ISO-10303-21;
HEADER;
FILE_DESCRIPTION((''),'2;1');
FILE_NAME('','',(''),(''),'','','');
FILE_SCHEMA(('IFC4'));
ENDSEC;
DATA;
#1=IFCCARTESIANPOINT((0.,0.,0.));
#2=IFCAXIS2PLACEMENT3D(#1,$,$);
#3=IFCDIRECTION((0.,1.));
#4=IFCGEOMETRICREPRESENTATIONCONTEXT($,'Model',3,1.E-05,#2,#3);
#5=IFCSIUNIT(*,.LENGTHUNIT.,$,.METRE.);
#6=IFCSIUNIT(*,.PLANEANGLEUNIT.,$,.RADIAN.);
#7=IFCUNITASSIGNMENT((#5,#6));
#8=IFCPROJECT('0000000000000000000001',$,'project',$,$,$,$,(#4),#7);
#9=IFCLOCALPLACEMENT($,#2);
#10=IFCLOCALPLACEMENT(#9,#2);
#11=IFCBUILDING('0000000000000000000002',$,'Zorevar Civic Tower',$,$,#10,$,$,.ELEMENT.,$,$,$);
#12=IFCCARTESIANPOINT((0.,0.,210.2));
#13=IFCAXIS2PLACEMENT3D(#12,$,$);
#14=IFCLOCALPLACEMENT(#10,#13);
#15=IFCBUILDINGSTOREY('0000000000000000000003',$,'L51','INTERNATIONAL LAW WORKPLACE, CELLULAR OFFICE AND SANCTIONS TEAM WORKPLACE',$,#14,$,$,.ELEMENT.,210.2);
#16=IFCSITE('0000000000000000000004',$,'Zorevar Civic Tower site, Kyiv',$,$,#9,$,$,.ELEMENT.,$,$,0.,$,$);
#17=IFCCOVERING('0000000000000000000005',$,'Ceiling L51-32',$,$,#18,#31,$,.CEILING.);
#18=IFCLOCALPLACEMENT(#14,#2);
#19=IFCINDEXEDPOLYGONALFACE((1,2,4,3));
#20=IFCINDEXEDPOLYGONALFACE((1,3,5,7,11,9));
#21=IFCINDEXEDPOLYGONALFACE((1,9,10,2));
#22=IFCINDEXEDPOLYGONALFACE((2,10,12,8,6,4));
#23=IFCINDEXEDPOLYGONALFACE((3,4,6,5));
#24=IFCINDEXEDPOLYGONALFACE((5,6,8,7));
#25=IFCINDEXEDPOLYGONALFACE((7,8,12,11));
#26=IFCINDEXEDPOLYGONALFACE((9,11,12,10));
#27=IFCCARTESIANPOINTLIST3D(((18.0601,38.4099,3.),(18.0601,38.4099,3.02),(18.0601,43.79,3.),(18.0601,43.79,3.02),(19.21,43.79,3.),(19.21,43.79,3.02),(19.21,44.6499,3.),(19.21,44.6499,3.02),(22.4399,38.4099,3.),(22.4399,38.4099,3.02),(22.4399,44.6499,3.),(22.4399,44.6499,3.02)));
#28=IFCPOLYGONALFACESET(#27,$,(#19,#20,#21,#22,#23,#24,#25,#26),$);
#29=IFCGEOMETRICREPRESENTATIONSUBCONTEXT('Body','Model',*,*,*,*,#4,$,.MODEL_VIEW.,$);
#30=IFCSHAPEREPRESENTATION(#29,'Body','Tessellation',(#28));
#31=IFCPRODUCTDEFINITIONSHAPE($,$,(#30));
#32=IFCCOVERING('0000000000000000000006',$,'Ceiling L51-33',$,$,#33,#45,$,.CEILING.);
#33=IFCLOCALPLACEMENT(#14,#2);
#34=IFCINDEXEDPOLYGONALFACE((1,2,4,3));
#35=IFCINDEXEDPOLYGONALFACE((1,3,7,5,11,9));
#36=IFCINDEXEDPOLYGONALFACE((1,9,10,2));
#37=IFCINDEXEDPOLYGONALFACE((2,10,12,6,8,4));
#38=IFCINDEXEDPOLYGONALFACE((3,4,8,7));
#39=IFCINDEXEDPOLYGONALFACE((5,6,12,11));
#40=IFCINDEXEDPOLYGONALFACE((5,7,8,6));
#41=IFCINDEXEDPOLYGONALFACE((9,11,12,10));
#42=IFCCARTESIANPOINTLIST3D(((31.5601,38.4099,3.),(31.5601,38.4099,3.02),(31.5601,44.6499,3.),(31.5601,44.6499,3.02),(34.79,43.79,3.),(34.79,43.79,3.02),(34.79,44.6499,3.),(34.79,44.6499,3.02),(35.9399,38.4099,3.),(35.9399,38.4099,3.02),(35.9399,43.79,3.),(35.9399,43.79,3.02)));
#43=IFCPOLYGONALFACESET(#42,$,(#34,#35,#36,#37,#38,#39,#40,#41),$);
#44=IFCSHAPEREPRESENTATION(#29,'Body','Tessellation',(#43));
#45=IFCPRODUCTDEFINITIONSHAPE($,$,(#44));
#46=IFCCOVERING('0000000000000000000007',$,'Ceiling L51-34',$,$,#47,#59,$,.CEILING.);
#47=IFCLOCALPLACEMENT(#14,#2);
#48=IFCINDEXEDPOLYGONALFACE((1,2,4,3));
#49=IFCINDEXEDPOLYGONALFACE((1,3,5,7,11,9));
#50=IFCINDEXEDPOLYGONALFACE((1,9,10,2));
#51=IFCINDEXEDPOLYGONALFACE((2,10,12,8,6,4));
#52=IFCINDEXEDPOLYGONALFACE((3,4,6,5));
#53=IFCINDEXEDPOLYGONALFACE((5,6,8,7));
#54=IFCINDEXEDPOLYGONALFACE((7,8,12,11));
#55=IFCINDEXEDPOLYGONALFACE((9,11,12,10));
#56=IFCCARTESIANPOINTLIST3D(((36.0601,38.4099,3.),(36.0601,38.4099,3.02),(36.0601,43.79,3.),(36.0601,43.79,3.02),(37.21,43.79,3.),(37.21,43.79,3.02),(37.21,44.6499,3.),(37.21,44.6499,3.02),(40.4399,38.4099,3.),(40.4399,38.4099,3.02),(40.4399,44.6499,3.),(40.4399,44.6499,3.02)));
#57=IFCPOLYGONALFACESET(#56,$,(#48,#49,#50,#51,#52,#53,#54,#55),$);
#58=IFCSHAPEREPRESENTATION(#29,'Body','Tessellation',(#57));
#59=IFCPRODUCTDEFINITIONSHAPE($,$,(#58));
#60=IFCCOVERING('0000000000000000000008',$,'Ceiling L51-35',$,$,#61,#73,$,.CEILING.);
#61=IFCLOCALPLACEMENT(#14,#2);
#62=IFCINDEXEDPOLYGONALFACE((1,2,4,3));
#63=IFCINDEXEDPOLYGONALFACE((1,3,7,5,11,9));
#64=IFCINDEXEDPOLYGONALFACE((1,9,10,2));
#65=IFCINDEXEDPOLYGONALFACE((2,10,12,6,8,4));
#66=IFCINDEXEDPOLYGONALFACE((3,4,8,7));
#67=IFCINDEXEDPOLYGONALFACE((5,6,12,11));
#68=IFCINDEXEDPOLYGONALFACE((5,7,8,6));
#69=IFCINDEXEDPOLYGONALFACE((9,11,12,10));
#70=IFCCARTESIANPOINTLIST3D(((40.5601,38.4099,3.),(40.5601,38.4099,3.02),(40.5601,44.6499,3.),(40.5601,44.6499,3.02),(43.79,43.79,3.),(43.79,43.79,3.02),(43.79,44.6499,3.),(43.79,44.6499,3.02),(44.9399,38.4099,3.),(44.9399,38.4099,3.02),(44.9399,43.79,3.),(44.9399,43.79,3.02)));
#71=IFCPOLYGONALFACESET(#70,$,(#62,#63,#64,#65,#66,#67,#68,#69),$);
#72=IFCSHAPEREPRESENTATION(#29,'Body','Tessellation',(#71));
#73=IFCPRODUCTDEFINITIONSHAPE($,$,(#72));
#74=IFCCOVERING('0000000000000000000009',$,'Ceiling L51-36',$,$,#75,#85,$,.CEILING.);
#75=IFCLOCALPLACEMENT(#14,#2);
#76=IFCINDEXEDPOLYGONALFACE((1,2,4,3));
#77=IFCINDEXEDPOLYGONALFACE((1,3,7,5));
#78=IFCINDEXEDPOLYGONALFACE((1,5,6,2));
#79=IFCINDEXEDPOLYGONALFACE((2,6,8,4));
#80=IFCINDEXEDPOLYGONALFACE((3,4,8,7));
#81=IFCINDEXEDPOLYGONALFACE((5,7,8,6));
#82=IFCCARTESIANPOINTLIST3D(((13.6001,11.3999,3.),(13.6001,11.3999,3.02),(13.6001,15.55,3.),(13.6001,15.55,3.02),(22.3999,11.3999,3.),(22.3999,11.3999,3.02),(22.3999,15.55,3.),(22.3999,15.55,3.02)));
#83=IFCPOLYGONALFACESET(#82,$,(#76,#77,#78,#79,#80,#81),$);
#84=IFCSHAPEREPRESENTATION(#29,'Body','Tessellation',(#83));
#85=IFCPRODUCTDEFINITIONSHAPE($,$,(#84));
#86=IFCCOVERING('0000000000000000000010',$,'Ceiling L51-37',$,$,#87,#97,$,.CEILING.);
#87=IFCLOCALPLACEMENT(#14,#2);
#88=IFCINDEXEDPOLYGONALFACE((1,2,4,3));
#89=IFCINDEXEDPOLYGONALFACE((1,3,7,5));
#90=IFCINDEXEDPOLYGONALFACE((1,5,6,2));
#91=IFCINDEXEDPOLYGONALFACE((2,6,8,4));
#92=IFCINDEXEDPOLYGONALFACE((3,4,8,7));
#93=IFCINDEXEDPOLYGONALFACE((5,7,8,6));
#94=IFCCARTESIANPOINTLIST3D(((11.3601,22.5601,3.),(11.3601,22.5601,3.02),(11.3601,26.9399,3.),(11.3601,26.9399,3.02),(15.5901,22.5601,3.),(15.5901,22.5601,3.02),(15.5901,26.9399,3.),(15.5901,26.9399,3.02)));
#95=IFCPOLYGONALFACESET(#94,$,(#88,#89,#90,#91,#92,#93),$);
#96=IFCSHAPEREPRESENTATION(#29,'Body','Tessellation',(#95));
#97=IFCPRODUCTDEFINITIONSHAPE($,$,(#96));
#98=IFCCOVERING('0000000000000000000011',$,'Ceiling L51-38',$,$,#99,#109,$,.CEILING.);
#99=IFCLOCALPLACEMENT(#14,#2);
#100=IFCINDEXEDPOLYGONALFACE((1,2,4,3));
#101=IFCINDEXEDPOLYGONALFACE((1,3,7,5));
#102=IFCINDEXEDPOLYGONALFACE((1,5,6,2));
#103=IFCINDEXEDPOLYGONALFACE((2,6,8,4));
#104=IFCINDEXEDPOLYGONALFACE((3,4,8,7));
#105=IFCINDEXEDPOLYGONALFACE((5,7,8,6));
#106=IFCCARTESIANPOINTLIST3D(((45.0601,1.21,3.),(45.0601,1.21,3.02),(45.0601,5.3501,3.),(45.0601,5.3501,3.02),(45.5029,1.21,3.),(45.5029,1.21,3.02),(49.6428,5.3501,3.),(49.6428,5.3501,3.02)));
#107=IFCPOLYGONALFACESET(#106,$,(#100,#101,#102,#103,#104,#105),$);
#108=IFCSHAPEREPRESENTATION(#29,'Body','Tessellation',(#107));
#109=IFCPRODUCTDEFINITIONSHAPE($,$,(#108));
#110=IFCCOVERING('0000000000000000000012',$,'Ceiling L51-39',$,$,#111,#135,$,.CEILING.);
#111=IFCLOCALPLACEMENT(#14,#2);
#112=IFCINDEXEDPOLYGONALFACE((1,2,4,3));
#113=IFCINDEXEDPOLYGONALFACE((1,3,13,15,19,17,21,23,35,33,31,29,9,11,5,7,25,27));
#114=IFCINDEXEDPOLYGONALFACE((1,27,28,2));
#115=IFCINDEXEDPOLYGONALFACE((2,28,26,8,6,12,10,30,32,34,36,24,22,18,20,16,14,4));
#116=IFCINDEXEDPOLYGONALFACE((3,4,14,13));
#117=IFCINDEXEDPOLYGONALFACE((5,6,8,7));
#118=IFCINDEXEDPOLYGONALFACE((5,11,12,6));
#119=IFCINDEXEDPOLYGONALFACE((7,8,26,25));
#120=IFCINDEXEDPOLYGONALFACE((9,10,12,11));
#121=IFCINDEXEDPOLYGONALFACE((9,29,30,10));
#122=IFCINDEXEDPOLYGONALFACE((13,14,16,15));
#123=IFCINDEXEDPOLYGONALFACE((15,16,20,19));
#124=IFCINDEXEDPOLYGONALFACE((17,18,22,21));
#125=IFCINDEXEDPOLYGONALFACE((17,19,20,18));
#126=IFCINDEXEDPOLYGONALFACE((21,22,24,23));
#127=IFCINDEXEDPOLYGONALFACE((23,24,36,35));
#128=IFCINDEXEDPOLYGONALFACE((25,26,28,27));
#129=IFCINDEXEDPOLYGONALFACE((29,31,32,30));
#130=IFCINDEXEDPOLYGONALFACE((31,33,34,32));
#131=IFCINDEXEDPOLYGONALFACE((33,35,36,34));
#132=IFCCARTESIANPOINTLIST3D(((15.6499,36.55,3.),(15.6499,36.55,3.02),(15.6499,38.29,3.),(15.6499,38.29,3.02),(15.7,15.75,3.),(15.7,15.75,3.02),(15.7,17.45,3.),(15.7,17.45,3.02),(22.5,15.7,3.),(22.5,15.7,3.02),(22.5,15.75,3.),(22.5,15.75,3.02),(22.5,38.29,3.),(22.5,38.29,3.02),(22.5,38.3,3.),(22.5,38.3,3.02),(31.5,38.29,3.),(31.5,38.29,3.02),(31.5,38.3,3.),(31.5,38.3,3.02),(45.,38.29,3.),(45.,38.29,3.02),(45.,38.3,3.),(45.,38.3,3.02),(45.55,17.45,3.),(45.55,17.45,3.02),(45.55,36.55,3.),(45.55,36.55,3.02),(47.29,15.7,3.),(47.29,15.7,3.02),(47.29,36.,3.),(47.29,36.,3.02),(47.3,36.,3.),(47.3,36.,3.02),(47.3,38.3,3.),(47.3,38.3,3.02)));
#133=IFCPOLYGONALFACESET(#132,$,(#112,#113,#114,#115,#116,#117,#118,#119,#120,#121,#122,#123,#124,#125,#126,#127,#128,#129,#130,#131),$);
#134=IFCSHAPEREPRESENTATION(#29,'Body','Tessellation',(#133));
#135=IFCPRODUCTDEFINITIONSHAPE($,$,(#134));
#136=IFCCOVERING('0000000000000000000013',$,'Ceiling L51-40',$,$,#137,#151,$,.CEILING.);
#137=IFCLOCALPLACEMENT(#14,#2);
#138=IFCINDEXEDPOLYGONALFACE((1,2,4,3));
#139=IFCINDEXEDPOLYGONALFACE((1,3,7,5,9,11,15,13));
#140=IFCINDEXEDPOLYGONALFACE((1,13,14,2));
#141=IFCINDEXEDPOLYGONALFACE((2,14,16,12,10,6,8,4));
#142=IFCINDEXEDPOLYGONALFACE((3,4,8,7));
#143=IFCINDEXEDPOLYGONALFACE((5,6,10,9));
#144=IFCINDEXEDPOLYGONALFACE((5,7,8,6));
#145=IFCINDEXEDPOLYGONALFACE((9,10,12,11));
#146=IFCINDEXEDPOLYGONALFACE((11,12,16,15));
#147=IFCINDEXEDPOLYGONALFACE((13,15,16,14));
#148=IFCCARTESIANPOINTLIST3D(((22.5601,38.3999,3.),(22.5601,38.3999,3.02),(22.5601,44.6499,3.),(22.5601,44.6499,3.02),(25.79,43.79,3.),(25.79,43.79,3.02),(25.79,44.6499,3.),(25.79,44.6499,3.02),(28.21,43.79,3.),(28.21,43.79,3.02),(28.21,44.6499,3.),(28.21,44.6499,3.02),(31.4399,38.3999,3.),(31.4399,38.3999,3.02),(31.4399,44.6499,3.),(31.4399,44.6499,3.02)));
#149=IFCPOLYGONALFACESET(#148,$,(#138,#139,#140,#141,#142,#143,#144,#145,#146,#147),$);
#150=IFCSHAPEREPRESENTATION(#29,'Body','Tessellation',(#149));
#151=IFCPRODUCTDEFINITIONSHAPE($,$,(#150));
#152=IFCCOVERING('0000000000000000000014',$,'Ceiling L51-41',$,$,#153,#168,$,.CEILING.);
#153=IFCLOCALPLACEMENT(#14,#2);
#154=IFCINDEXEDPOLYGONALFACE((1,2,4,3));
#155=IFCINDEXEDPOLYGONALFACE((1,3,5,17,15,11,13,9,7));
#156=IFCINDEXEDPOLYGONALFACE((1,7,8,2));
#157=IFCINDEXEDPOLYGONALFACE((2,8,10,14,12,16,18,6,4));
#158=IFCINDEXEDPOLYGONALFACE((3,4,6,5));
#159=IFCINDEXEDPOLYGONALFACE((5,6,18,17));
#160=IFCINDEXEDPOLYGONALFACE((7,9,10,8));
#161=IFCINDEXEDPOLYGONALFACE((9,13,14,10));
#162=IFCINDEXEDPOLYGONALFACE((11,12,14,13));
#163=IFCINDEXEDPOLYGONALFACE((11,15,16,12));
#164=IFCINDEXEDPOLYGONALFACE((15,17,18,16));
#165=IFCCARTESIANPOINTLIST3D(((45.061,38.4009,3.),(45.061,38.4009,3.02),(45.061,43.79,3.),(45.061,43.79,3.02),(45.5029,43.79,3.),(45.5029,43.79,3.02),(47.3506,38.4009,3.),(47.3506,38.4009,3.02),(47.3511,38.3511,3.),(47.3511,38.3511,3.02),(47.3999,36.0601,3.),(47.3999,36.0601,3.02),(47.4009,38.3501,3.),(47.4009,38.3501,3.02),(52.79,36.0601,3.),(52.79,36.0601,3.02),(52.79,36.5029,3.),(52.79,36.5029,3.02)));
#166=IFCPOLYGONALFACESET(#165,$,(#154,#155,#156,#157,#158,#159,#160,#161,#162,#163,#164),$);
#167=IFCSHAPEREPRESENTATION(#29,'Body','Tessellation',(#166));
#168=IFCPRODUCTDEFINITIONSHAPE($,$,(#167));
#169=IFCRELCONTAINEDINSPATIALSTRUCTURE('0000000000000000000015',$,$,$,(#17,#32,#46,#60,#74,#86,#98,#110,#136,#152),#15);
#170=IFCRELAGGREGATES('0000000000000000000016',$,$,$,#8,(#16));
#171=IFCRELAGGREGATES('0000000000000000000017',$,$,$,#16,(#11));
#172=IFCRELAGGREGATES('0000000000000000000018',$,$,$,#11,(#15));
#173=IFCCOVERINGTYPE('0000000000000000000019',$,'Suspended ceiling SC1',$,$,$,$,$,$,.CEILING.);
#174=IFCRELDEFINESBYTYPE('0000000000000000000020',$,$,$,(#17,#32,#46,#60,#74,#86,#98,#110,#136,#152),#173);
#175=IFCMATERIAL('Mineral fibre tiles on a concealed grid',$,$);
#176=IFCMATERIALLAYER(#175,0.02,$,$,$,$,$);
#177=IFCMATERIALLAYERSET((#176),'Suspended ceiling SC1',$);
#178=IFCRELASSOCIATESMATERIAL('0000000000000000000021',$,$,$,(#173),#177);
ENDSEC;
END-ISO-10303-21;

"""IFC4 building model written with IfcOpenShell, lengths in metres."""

from ifc_helpers import new_model, si_unit, direction, frame, origin, place, context, subcontext, project, spatial, polyline, outline, extrude, material, layer, layer_set, type_object, element, save


model = new_model("IFC4")

# Units and contexts
model_context = context("Model", 3, precision=1e-05, world=origin(), true_north=direction((0.0, 1.0)))
body_context = subcontext(model_context, "Body", "Model", "MODEL_VIEW")
ifc_project = project(units=[si_unit("LENGTHUNIT", "METRE"), si_unit("PLANEANGLEUNIT", "RADIAN")], contexts=[model_context])

# Site, building, storey
site_placement = place(None, origin())
site = spatial("IfcSite", under=ifc_project, at=site_placement, Name="Zorevar Civic Tower site, Kyiv", CompositionType="ELEMENT", RefElevation=0.0)
building_placement = place(site_placement, origin())
building = spatial("IfcBuilding", under=site, at=building_placement, Name="Zorevar Civic Tower", CompositionType="ELEMENT")
storey_placement = place(building_placement, frame((0.0, 0.0, 210.2)))
storey = spatial("IfcBuildingStorey", under=building, at=storey_placement, Name="L51", Description="INTERNATIONAL LAW WORKPLACE, CELLULAR OFFICE AND SANCTIONS TEAM WORKPLACE", CompositionType="ELEMENT", Elevation=210.2)

# Coverings
ifc_material_1 = material(Name="Mineral fibre tiles on a concealed grid")
ifc_layer_1 = layer(ifc_material_1, 0.02)
ifc_layer_set_1 = layer_set([ifc_layer_1], Name="Suspended ceiling SC1")
covering_type_1 = type_object("IfcCoveringType", Name="Suspended ceiling SC1", PredefinedType="CEILING", material=ifc_layer_set_1)
covering_1_placement = place(storey_placement, frame((0.0, 0.0, 3.0)))
element("IfcCovering", 1, at=covering_1_placement, inside=storey, type_object=covering_type_1, Name="Ceiling L51-32", PredefinedType="CEILING", context=body_context, shape_type="SweptSolid", body=[
    extrude(outline(polyline([(18.0601, 38.4099), (18.0601, 43.79), (19.21, 43.79), (19.21, 44.6499), (22.4399, 44.6499), (22.4399, 38.4099), (18.0601, 38.4099)])), origin(), (0.0, 0.0, 1.0), 0.02),
])
covering_2_placement = place(storey_placement, frame((0.0, 0.0, 3.0)))
element("IfcCovering", 2, at=covering_2_placement, inside=storey, type_object=covering_type_1, Name="Ceiling L51-33", PredefinedType="CEILING", context=body_context, shape_type="SweptSolid", body=[
    extrude(outline(polyline([(31.5601, 38.4099), (31.5601, 44.6499), (34.79, 44.6499), (34.79, 43.79), (35.9399, 43.79), (35.9399, 38.4099), (31.5601, 38.4099)])), origin(), (0.0, 0.0, 1.0), 0.02),
])
covering_3_placement = place(storey_placement, frame((0.0, 0.0, 3.0)))
element("IfcCovering", 3, at=covering_3_placement, inside=storey, type_object=covering_type_1, Name="Ceiling L51-34", PredefinedType="CEILING", context=body_context, shape_type="SweptSolid", body=[
    extrude(outline(polyline([(36.0601, 38.4099), (36.0601, 43.79), (37.21, 43.79), (37.21, 44.6499), (40.4399, 44.6499), (40.4399, 38.4099), (36.0601, 38.4099)])), origin(), (0.0, 0.0, 1.0), 0.02),
])
covering_4_placement = place(storey_placement, frame((0.0, 0.0, 3.0)))
element("IfcCovering", 4, at=covering_4_placement, inside=storey, type_object=covering_type_1, Name="Ceiling L51-35", PredefinedType="CEILING", context=body_context, shape_type="SweptSolid", body=[
    extrude(outline(polyline([(40.5601, 38.4099), (40.5601, 44.6499), (43.79, 44.6499), (43.79, 43.79), (44.9399, 43.79), (44.9399, 38.4099), (40.5601, 38.4099)])), origin(), (0.0, 0.0, 1.0), 0.02),
])
covering_5_placement = place(storey_placement, frame((0.0, 0.0, 3.0)))
element("IfcCovering", 5, at=covering_5_placement, inside=storey, type_object=covering_type_1, Name="Ceiling L51-36", PredefinedType="CEILING", context=body_context, shape_type="SweptSolid", body=[
    extrude(outline(polyline([(22.3999, 15.55), (22.3999, 11.3999), (13.6001, 11.3999), (13.6001, 15.55), (22.3999, 15.55)])), origin(), (0.0, 0.0, 1.0), 0.02),
])
covering_6_placement = place(storey_placement, frame((0.0, 0.0, 3.0)))
element("IfcCovering", 6, at=covering_6_placement, inside=storey, type_object=covering_type_1, Name="Ceiling L51-37", PredefinedType="CEILING", context=body_context, shape_type="SweptSolid", body=[
    extrude(outline(polyline([(11.3601, 26.9399), (15.5901, 26.9399), (15.5901, 22.5601), (11.3601, 22.5601), (11.3601, 26.9399)])), origin(), (0.0, 0.0, 1.0), 0.02),
])
covering_7_placement = place(storey_placement, frame((0.0, 0.0, 3.0)))
element("IfcCovering", 7, at=covering_7_placement, inside=storey, type_object=covering_type_1, Name="Ceiling L51-38", PredefinedType="CEILING", context=body_context, shape_type="SweptSolid", body=[
    extrude(outline(polyline([(45.0601, 1.21), (45.0601, 5.3501), (49.6428, 5.3501), (45.5029, 1.21), (45.0601, 1.21)])), origin(), (0.0, 0.0, 1.0), 0.02),
])
covering_8_placement = place(storey_placement, frame((0.0, 0.0, 3.0)))
element("IfcCovering", 8, at=covering_8_placement, inside=storey, type_object=covering_type_1, Name="Ceiling L51-39", PredefinedType="CEILING", context=body_context, shape_type="SweptSolid", body=[
    extrude(outline(polyline([(15.6499, 38.29), (22.5, 38.29), (22.5, 38.3), (31.5, 38.3), (31.5, 38.29), (45.0, 38.29), (45.0, 38.3), (47.3, 38.3), (47.3, 36.0), (47.29, 36.0), (47.29, 15.7), (22.5, 15.7), (22.5, 15.75), (15.7, 15.75), (15.7, 17.45), (45.55, 17.45), (45.55, 36.55), (15.6499, 36.55), (15.6499, 38.29)])), origin(), (0.0, 0.0, 1.0), 0.02),
])
covering_9_placement = place(storey_placement, frame((0.0, 0.0, 3.0)))
element("IfcCovering", 9, at=covering_9_placement, inside=storey, type_object=covering_type_1, Name="Ceiling L51-40", PredefinedType="CEILING", context=body_context, shape_type="SweptSolid", body=[
    extrude(outline(polyline([(22.5601, 44.6499), (25.79, 44.6499), (25.79, 43.79), (28.21, 43.79), (28.21, 44.6499), (31.4399, 44.6499), (31.4399, 38.3999), (22.5601, 38.3999), (22.5601, 44.6499)])), origin(), (0.0, 0.0, 1.0), 0.02),
])
covering_10_placement = place(storey_placement, frame((0.0, 0.0, 3.0)))
element("IfcCovering", 10, at=covering_10_placement, inside=storey, type_object=covering_type_1, Name="Ceiling L51-41", PredefinedType="CEILING", context=body_context, shape_type="SweptSolid", body=[
    extrude(outline(polyline([(47.3506, 38.4009), (45.061, 38.4009), (45.061, 43.79), (45.5029, 43.79), (52.79, 36.5029), (52.79, 36.0601), (47.3999, 36.0601), (47.4009, 38.3501), (47.3511, 38.3511), (47.3506, 38.4009)])), origin(), (0.0, 0.0, 1.0), 0.02),
])

save(model, "model.ifc")
